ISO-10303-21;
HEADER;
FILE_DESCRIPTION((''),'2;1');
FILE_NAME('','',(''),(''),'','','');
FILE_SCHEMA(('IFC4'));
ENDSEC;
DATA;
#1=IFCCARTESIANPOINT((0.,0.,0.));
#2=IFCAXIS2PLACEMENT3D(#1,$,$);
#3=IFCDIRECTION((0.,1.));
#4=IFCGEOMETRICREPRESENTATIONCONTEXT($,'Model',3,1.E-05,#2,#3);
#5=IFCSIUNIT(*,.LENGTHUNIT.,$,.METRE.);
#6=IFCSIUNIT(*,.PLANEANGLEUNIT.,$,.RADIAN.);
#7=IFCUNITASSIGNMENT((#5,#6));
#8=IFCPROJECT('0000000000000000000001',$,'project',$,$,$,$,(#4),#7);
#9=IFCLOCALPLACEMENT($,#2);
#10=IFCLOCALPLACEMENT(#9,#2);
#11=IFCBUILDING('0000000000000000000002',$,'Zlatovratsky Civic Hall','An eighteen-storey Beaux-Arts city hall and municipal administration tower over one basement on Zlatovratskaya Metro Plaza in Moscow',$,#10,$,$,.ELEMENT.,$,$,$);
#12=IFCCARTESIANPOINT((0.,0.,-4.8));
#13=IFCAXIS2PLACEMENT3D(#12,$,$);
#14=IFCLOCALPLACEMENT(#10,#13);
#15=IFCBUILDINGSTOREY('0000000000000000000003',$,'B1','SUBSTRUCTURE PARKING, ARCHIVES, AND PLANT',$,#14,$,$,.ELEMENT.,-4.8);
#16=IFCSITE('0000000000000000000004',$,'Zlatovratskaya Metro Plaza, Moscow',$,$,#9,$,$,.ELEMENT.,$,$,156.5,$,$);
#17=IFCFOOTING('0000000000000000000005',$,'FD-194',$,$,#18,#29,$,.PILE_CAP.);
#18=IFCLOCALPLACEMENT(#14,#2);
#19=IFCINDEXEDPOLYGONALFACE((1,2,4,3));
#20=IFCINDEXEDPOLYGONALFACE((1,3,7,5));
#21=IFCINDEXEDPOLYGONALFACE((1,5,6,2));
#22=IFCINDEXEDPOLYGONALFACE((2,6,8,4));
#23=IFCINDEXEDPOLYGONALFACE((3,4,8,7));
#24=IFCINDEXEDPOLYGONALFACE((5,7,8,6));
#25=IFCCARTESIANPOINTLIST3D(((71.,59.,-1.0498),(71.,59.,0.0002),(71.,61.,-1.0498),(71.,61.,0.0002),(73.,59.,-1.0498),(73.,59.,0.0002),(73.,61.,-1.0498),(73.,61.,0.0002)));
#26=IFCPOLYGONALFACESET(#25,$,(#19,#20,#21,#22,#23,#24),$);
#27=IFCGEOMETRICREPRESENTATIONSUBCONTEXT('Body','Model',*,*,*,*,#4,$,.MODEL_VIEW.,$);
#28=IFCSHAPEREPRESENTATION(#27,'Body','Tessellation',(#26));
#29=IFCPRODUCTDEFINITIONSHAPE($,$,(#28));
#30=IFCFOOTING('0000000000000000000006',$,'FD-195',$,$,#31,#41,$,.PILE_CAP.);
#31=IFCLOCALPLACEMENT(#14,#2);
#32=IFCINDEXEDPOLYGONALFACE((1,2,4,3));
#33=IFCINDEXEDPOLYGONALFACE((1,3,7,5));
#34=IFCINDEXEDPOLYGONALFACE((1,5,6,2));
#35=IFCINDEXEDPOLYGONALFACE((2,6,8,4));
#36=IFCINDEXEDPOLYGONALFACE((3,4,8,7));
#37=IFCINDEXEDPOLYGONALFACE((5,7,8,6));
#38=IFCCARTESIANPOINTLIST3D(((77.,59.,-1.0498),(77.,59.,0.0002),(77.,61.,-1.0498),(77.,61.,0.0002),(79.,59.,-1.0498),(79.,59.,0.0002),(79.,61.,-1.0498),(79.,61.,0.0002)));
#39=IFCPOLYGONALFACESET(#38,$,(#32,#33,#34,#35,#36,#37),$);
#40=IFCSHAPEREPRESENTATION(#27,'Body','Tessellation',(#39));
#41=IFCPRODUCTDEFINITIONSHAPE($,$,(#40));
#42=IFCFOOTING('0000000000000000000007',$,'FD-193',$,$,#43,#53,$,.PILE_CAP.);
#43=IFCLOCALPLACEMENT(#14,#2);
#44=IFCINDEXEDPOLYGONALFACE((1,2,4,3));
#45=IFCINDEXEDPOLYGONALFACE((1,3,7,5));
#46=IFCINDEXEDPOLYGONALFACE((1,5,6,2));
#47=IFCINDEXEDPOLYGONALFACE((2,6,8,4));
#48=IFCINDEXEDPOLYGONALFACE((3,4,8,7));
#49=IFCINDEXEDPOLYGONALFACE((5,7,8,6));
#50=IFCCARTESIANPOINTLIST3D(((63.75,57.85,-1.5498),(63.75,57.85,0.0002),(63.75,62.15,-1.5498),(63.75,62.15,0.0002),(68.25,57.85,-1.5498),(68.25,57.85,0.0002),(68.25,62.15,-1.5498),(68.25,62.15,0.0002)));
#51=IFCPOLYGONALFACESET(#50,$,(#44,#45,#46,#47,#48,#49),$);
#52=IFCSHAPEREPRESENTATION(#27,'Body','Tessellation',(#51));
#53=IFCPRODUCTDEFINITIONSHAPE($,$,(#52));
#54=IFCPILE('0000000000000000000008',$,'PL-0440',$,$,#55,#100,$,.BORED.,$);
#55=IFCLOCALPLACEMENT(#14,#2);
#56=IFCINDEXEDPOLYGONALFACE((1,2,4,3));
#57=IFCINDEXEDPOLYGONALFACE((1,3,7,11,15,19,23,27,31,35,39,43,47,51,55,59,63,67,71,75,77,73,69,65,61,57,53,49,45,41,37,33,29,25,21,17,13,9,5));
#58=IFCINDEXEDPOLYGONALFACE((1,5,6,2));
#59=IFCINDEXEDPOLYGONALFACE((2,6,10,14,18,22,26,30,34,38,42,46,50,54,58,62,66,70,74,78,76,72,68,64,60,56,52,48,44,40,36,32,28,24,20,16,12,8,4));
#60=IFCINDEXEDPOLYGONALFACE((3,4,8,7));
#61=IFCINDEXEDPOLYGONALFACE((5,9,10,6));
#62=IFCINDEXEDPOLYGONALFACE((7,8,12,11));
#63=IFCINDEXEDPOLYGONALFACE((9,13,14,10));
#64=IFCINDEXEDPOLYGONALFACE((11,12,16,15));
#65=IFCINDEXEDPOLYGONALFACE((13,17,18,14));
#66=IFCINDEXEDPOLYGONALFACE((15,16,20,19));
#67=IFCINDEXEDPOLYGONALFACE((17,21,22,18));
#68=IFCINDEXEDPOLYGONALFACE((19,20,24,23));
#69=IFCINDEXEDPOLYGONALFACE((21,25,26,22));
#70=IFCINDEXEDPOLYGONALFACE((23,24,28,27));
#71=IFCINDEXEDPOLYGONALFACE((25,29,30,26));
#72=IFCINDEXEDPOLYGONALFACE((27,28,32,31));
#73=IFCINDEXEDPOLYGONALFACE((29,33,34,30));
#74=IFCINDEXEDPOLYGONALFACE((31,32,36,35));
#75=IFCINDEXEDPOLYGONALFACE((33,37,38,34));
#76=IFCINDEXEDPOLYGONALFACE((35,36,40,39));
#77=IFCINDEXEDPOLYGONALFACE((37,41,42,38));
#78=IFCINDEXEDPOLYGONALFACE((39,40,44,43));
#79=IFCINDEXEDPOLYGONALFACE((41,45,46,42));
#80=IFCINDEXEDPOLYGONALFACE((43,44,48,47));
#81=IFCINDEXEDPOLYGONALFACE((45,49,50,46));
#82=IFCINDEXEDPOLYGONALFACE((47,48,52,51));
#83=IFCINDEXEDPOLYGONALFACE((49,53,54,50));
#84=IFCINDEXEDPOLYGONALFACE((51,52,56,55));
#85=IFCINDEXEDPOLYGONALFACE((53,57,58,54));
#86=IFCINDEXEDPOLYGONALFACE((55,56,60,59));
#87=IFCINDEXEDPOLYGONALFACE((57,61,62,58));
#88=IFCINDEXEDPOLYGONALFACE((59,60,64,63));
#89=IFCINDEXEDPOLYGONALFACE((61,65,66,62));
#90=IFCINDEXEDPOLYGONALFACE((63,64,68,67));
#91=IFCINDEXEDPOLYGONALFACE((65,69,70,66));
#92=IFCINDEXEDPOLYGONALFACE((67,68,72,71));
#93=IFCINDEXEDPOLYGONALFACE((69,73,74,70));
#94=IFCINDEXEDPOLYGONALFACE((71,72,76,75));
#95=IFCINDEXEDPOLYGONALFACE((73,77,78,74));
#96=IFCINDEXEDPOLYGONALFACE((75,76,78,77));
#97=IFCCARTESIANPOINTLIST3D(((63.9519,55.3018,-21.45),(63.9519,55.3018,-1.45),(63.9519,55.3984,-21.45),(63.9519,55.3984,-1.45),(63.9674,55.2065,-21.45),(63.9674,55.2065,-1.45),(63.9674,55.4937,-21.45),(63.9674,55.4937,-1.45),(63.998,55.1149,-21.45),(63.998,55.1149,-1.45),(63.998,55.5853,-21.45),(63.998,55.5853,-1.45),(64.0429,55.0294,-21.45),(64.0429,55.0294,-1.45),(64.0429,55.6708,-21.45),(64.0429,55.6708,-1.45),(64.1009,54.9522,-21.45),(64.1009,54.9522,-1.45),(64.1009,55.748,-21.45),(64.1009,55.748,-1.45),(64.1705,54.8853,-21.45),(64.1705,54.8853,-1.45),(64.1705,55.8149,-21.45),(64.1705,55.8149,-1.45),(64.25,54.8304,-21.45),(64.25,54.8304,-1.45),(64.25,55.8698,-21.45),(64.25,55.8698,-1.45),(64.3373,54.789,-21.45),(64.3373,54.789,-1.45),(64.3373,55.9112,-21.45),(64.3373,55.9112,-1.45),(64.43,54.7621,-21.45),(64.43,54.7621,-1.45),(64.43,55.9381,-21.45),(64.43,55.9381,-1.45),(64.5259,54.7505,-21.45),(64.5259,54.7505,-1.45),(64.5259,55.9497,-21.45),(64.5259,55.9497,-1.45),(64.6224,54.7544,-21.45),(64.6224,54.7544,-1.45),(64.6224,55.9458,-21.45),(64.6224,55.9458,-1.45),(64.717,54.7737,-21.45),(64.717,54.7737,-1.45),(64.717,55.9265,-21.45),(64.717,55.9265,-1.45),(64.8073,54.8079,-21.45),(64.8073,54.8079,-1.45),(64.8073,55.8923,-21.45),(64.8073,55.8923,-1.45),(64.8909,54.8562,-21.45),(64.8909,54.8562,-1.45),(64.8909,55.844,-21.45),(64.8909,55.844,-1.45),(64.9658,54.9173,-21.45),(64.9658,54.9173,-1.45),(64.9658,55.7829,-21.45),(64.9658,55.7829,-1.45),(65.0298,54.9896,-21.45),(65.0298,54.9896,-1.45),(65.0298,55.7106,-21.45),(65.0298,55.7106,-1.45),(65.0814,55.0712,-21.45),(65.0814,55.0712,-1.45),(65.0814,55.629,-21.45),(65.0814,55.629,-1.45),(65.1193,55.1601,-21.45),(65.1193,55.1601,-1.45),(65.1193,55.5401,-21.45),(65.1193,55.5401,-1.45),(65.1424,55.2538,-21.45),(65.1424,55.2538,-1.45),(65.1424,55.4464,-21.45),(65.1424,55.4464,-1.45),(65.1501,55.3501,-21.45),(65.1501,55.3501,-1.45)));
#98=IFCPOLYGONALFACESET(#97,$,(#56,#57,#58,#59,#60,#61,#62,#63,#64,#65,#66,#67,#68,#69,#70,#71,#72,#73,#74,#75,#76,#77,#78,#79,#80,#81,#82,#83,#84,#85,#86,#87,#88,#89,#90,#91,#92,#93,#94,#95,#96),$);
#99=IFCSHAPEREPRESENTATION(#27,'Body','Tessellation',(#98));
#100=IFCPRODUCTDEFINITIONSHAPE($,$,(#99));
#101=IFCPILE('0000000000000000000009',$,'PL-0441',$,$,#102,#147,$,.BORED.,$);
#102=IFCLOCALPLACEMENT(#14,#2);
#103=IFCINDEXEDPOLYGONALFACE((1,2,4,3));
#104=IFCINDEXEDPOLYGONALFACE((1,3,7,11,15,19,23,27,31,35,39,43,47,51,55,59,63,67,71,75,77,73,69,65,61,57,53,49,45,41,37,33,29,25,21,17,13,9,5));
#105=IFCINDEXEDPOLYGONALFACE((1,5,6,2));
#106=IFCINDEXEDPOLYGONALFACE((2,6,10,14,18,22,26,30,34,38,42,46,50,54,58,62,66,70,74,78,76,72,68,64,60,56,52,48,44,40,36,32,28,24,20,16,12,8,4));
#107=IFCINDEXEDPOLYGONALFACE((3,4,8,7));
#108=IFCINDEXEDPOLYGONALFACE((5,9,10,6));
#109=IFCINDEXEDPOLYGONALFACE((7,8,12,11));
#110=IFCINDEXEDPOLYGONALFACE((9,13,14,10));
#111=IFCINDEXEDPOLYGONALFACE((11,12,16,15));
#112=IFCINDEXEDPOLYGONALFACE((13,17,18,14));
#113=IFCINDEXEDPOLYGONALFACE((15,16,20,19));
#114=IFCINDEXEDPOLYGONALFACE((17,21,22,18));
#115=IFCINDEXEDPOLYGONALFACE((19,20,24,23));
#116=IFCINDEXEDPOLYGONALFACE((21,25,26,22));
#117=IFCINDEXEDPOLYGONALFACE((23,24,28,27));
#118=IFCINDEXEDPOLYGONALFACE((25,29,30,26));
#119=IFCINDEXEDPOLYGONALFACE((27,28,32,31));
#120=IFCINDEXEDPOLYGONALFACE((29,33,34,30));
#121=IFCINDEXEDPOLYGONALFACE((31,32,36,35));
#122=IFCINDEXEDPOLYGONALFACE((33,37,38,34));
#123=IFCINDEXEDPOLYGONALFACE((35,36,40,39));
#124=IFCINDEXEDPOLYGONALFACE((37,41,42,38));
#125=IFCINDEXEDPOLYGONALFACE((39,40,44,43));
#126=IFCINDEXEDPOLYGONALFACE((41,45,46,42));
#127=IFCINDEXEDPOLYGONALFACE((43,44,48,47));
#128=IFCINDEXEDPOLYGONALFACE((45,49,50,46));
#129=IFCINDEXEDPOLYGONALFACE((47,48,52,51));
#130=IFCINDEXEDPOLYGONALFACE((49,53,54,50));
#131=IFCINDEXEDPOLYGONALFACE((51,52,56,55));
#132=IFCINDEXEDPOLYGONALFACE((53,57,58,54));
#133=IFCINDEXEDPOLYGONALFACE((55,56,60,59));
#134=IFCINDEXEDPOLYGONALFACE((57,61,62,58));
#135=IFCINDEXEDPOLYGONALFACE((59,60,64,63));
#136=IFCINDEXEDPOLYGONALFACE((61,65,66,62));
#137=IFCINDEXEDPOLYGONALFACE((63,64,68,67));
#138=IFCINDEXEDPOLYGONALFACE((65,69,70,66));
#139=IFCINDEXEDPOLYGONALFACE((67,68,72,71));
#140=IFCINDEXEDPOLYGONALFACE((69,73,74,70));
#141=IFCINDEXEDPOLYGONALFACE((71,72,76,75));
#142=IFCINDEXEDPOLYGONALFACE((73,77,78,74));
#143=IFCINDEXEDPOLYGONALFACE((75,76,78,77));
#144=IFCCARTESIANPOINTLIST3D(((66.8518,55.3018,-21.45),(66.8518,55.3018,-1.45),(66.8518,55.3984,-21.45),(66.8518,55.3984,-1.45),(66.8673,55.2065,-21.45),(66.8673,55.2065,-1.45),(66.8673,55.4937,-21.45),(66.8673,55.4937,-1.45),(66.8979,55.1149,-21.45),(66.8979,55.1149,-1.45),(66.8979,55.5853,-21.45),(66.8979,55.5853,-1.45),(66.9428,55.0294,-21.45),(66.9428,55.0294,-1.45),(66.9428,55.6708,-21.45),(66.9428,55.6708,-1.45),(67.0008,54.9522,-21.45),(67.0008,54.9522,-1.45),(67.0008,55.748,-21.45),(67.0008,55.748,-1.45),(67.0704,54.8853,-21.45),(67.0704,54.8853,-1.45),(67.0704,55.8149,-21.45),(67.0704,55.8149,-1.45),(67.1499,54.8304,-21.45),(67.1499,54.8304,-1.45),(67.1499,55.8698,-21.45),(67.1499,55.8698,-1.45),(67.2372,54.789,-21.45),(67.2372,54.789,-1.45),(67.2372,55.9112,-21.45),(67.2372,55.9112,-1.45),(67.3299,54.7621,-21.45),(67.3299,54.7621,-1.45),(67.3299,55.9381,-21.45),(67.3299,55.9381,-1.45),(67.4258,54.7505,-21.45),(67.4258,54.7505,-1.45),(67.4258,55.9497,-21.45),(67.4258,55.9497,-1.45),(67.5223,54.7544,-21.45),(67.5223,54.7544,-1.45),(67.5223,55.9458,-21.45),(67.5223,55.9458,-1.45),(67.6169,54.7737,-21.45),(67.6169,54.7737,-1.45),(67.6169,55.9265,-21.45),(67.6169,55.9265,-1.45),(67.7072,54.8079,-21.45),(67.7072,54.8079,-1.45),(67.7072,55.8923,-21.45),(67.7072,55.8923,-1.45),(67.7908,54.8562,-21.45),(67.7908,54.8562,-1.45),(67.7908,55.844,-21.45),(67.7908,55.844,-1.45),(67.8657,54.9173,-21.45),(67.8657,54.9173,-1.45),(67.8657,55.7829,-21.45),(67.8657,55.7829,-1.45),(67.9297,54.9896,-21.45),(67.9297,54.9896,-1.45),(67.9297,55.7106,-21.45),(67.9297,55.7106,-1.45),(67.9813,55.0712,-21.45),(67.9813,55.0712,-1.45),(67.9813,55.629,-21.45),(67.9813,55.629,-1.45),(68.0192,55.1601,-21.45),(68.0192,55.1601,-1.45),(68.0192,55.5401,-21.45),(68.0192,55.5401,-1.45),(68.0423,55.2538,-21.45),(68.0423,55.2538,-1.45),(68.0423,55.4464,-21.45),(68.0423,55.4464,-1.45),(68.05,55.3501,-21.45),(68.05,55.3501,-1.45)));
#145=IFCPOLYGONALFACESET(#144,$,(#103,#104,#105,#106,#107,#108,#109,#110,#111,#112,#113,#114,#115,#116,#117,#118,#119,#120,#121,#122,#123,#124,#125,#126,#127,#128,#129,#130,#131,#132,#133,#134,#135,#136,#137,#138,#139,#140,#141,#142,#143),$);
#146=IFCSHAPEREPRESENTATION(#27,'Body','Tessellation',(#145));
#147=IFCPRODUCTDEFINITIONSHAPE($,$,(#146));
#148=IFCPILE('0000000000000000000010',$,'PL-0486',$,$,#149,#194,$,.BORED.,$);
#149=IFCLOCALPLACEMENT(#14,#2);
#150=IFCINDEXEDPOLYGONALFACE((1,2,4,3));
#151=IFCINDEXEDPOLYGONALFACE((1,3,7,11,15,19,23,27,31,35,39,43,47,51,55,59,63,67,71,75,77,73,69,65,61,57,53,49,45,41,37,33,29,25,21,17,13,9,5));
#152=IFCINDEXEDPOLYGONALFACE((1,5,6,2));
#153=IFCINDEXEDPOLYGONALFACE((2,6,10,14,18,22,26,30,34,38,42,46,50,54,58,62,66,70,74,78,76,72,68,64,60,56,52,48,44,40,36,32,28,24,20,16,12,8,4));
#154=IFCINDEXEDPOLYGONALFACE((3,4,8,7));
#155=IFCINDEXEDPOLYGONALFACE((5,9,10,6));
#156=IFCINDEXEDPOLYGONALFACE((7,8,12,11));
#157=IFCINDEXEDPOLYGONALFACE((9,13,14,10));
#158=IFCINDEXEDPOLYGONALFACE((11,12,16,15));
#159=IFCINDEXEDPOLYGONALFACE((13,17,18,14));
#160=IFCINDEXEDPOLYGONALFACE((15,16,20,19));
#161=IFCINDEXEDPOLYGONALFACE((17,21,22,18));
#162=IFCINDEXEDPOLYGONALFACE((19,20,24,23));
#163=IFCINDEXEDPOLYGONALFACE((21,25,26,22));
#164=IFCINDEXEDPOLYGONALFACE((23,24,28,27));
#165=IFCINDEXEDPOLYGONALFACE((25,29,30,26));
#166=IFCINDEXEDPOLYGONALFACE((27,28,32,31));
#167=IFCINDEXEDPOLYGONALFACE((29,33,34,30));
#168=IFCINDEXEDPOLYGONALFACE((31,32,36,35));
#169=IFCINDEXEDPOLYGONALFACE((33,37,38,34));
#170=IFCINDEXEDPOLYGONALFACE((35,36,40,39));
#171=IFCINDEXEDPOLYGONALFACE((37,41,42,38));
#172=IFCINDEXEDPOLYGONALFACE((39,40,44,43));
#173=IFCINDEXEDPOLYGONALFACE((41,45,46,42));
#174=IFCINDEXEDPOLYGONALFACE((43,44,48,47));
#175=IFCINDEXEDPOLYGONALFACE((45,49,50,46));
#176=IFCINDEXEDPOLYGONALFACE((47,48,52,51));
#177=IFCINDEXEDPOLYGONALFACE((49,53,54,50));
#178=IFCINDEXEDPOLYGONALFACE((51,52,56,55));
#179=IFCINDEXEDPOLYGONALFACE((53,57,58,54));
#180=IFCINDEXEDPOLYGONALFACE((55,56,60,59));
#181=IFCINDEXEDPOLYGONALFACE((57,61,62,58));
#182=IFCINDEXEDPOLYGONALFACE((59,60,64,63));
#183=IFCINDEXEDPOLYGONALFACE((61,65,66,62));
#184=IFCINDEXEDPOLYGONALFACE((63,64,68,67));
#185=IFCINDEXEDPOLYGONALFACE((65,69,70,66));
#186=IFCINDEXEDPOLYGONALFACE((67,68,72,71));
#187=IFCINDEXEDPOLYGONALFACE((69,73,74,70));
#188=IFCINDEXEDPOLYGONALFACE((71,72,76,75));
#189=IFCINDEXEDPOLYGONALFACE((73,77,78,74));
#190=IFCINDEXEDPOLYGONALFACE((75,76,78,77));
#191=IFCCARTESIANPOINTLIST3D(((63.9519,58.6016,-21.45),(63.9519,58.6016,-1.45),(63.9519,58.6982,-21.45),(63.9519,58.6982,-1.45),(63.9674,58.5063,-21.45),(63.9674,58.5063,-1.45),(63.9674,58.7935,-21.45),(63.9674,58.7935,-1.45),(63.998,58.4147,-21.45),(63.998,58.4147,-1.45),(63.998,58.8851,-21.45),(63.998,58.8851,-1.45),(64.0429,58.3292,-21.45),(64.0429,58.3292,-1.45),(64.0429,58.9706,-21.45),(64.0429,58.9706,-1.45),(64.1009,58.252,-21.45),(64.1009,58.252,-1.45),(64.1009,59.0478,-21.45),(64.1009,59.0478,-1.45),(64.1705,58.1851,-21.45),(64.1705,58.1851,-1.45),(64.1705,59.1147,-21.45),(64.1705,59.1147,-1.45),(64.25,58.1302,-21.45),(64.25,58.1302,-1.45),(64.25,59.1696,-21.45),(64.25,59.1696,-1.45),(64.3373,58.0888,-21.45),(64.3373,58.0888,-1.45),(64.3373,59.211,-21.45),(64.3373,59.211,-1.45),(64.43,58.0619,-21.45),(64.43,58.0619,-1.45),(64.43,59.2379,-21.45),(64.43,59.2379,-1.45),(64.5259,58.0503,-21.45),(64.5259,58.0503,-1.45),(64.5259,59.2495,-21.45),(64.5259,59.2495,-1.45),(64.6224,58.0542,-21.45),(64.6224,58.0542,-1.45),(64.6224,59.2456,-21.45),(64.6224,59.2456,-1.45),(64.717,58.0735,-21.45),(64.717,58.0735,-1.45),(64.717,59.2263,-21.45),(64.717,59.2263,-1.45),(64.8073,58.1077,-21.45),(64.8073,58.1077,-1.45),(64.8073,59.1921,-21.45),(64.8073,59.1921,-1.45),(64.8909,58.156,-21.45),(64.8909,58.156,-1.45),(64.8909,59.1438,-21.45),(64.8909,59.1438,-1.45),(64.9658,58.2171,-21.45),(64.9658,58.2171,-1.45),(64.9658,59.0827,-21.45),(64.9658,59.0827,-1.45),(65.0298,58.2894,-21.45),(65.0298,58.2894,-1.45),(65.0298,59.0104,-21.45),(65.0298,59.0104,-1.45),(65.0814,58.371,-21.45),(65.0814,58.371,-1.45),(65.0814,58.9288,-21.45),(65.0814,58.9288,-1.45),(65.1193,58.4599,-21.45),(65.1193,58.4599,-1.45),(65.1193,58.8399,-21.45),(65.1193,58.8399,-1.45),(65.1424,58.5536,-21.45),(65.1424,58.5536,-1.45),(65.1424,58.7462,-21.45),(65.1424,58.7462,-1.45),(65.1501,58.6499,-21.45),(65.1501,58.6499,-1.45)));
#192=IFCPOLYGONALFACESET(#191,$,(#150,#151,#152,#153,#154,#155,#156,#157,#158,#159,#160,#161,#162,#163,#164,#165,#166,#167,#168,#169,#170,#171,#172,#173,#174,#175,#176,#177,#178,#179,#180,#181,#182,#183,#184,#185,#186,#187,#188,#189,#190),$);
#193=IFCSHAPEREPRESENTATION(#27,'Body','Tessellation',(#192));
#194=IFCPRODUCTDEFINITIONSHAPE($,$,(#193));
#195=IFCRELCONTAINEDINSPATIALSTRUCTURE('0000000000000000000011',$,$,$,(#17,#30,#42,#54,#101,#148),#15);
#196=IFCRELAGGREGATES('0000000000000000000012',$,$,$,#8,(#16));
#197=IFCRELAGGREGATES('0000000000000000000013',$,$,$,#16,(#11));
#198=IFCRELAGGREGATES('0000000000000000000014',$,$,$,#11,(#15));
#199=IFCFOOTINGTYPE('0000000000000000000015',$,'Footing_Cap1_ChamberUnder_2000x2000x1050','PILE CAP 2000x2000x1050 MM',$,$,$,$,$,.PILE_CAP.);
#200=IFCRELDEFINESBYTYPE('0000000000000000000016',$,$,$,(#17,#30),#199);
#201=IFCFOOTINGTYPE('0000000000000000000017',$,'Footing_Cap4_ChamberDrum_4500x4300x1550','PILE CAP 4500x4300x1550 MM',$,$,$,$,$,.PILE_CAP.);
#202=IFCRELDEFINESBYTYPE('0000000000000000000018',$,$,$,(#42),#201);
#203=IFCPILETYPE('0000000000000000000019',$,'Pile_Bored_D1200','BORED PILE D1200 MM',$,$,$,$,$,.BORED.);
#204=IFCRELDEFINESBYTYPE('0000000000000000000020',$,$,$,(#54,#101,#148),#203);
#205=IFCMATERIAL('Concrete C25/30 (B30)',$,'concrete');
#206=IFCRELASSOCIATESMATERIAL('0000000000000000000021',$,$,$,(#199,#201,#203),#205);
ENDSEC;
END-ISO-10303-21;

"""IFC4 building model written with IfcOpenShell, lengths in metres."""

from ifc_helpers import new_model, si_unit, direction, frame, origin, origin_2d, place, context, subcontext, project, spatial, rectangle, circle, extrude, material, material_profile, profile_set, type_object, element, save


model = new_model("IFC4")

# Units and contexts
model_context = context("Model", 3, precision=1e-05, world=origin(), true_north=direction((0.0, 1.0)))
body_context = subcontext(model_context, "Body", "Model", "MODEL_VIEW")
ifc_project = project(units=[si_unit("LENGTHUNIT", "METRE"), si_unit("PLANEANGLEUNIT", "RADIAN")], contexts=[model_context])

# Site, building, storey
site_placement = place(None, origin())
site = spatial("IfcSite", under=ifc_project, at=site_placement, Name="Zlatovratskaya Metro Plaza, Moscow", CompositionType="ELEMENT", RefElevation=156.5)
building_placement = place(site_placement, origin())
building = spatial("IfcBuilding", under=site, at=building_placement, Name="Zlatovratsky Civic Hall", Description="An eighteen-storey Beaux-Arts city hall and municipal administration tower over one basement on Zlatovratskaya Metro Plaza in Moscow", CompositionType="ELEMENT")
storey_placement = place(building_placement, frame((0.0, 0.0, -4.8)))
storey = spatial("IfcBuildingStorey", under=building, at=storey_placement, Name="B1", Description="SUBSTRUCTURE PARKING, ARCHIVES, AND PLANT", CompositionType="ELEMENT", Elevation=-4.8)

# Footings
ifc_material_1 = material(Name="Concrete C25/30 (B30)", Category="concrete")
footing_type_1 = type_object("IfcFootingType", Name="Footing_Cap1_ChamberUnder_2000x2000x1050", Description="PILE CAP 2000x2000x1050 MM", PredefinedType="PILE_CAP", material=ifc_material_1)
for number, where, z_axis, x_axis, name in (
    (1, (72.0, 60.0, -1.0498), (0.0, 0.0, 1.0), (1.0, 0.0, 0.0), "FD-194"),
    (2, (78.0, 60.0, -1.0498), (0.0, 0.0, 1.0), (1.0, 0.0, 0.0), "FD-195"),
):
    element("IfcFooting", number, at=place(storey_placement, frame(where, z_axis=z_axis, x_axis=x_axis)), inside=storey, type_object=footing_type_1, Name=name, PredefinedType="PILE_CAP", context=body_context, shape_type="SweptSolid", body=[
        extrude(rectangle(XDim=2.0, YDim=2.0, at=origin_2d()), origin(), (0.0, 0.0, 1.0), 1.05),
    ])
footing_type_2 = type_object("IfcFootingType", Name="Footing_Cap4_ChamberDrum_4500x4300x1550", Description="PILE CAP 4500x4300x1550 MM", PredefinedType="PILE_CAP", material=ifc_material_1)
footing_placement = place(storey_placement, frame((66.0, 60.0, -1.5498), z_axis=(0.0, 0.0, 1.0), x_axis=(1.0, 0.0, 0.0)))
element("IfcFooting", 3, at=footing_placement, inside=storey, type_object=footing_type_2, Name="FD-193", PredefinedType="PILE_CAP", context=body_context, shape_type="SweptSolid", body=[
    extrude(rectangle(XDim=4.5, YDim=4.3, at=origin_2d()), origin(), (0.0, 0.0, 1.0), 1.55),
])

# Piles
ifc_material_profile_1 = material_profile(ifc_material_1, circle(Radius=0.6001, at=origin_2d()), Name="PILE D1200")
ifc_profile_set_1 = profile_set([ifc_material_profile_1], Name="Concrete C25/30 (B30)")
pile_type_1 = type_object("IfcPileType", Name="Pile_Bored_D1200", Description="BORED PILE D1200 MM", PredefinedType="BORED", material=ifc_profile_set_1)
for number, where, z_axis, x_axis, name in (
    (4, (64.55, 55.3501, -1.45), (0.0, 0.0, -1.0), (1.0, 0.0, 0.0), "PL-0440"),
    (5, (67.45, 55.3501, -1.45), (0.0, 0.0, -1.0), (1.0, 0.0, 0.0), "PL-0441"),
    (6, (64.55, 58.6499, -1.45), (0.0, 0.0, -1.0), (1.0, 0.0, 0.0), "PL-0486"),
):
    element("IfcPile", number, at=place(storey_placement, frame(where, z_axis=z_axis, x_axis=x_axis)), inside=storey, type_object=pile_type_1, Name=name, PredefinedType="BORED", context=body_context, shape_type="SweptSolid", body=[
        extrude(circle(Radius=0.6001, at=origin_2d()), origin(), (0.0, 0.0, 1.0), 20.0),
    ])

save(model, "model.ifc")
